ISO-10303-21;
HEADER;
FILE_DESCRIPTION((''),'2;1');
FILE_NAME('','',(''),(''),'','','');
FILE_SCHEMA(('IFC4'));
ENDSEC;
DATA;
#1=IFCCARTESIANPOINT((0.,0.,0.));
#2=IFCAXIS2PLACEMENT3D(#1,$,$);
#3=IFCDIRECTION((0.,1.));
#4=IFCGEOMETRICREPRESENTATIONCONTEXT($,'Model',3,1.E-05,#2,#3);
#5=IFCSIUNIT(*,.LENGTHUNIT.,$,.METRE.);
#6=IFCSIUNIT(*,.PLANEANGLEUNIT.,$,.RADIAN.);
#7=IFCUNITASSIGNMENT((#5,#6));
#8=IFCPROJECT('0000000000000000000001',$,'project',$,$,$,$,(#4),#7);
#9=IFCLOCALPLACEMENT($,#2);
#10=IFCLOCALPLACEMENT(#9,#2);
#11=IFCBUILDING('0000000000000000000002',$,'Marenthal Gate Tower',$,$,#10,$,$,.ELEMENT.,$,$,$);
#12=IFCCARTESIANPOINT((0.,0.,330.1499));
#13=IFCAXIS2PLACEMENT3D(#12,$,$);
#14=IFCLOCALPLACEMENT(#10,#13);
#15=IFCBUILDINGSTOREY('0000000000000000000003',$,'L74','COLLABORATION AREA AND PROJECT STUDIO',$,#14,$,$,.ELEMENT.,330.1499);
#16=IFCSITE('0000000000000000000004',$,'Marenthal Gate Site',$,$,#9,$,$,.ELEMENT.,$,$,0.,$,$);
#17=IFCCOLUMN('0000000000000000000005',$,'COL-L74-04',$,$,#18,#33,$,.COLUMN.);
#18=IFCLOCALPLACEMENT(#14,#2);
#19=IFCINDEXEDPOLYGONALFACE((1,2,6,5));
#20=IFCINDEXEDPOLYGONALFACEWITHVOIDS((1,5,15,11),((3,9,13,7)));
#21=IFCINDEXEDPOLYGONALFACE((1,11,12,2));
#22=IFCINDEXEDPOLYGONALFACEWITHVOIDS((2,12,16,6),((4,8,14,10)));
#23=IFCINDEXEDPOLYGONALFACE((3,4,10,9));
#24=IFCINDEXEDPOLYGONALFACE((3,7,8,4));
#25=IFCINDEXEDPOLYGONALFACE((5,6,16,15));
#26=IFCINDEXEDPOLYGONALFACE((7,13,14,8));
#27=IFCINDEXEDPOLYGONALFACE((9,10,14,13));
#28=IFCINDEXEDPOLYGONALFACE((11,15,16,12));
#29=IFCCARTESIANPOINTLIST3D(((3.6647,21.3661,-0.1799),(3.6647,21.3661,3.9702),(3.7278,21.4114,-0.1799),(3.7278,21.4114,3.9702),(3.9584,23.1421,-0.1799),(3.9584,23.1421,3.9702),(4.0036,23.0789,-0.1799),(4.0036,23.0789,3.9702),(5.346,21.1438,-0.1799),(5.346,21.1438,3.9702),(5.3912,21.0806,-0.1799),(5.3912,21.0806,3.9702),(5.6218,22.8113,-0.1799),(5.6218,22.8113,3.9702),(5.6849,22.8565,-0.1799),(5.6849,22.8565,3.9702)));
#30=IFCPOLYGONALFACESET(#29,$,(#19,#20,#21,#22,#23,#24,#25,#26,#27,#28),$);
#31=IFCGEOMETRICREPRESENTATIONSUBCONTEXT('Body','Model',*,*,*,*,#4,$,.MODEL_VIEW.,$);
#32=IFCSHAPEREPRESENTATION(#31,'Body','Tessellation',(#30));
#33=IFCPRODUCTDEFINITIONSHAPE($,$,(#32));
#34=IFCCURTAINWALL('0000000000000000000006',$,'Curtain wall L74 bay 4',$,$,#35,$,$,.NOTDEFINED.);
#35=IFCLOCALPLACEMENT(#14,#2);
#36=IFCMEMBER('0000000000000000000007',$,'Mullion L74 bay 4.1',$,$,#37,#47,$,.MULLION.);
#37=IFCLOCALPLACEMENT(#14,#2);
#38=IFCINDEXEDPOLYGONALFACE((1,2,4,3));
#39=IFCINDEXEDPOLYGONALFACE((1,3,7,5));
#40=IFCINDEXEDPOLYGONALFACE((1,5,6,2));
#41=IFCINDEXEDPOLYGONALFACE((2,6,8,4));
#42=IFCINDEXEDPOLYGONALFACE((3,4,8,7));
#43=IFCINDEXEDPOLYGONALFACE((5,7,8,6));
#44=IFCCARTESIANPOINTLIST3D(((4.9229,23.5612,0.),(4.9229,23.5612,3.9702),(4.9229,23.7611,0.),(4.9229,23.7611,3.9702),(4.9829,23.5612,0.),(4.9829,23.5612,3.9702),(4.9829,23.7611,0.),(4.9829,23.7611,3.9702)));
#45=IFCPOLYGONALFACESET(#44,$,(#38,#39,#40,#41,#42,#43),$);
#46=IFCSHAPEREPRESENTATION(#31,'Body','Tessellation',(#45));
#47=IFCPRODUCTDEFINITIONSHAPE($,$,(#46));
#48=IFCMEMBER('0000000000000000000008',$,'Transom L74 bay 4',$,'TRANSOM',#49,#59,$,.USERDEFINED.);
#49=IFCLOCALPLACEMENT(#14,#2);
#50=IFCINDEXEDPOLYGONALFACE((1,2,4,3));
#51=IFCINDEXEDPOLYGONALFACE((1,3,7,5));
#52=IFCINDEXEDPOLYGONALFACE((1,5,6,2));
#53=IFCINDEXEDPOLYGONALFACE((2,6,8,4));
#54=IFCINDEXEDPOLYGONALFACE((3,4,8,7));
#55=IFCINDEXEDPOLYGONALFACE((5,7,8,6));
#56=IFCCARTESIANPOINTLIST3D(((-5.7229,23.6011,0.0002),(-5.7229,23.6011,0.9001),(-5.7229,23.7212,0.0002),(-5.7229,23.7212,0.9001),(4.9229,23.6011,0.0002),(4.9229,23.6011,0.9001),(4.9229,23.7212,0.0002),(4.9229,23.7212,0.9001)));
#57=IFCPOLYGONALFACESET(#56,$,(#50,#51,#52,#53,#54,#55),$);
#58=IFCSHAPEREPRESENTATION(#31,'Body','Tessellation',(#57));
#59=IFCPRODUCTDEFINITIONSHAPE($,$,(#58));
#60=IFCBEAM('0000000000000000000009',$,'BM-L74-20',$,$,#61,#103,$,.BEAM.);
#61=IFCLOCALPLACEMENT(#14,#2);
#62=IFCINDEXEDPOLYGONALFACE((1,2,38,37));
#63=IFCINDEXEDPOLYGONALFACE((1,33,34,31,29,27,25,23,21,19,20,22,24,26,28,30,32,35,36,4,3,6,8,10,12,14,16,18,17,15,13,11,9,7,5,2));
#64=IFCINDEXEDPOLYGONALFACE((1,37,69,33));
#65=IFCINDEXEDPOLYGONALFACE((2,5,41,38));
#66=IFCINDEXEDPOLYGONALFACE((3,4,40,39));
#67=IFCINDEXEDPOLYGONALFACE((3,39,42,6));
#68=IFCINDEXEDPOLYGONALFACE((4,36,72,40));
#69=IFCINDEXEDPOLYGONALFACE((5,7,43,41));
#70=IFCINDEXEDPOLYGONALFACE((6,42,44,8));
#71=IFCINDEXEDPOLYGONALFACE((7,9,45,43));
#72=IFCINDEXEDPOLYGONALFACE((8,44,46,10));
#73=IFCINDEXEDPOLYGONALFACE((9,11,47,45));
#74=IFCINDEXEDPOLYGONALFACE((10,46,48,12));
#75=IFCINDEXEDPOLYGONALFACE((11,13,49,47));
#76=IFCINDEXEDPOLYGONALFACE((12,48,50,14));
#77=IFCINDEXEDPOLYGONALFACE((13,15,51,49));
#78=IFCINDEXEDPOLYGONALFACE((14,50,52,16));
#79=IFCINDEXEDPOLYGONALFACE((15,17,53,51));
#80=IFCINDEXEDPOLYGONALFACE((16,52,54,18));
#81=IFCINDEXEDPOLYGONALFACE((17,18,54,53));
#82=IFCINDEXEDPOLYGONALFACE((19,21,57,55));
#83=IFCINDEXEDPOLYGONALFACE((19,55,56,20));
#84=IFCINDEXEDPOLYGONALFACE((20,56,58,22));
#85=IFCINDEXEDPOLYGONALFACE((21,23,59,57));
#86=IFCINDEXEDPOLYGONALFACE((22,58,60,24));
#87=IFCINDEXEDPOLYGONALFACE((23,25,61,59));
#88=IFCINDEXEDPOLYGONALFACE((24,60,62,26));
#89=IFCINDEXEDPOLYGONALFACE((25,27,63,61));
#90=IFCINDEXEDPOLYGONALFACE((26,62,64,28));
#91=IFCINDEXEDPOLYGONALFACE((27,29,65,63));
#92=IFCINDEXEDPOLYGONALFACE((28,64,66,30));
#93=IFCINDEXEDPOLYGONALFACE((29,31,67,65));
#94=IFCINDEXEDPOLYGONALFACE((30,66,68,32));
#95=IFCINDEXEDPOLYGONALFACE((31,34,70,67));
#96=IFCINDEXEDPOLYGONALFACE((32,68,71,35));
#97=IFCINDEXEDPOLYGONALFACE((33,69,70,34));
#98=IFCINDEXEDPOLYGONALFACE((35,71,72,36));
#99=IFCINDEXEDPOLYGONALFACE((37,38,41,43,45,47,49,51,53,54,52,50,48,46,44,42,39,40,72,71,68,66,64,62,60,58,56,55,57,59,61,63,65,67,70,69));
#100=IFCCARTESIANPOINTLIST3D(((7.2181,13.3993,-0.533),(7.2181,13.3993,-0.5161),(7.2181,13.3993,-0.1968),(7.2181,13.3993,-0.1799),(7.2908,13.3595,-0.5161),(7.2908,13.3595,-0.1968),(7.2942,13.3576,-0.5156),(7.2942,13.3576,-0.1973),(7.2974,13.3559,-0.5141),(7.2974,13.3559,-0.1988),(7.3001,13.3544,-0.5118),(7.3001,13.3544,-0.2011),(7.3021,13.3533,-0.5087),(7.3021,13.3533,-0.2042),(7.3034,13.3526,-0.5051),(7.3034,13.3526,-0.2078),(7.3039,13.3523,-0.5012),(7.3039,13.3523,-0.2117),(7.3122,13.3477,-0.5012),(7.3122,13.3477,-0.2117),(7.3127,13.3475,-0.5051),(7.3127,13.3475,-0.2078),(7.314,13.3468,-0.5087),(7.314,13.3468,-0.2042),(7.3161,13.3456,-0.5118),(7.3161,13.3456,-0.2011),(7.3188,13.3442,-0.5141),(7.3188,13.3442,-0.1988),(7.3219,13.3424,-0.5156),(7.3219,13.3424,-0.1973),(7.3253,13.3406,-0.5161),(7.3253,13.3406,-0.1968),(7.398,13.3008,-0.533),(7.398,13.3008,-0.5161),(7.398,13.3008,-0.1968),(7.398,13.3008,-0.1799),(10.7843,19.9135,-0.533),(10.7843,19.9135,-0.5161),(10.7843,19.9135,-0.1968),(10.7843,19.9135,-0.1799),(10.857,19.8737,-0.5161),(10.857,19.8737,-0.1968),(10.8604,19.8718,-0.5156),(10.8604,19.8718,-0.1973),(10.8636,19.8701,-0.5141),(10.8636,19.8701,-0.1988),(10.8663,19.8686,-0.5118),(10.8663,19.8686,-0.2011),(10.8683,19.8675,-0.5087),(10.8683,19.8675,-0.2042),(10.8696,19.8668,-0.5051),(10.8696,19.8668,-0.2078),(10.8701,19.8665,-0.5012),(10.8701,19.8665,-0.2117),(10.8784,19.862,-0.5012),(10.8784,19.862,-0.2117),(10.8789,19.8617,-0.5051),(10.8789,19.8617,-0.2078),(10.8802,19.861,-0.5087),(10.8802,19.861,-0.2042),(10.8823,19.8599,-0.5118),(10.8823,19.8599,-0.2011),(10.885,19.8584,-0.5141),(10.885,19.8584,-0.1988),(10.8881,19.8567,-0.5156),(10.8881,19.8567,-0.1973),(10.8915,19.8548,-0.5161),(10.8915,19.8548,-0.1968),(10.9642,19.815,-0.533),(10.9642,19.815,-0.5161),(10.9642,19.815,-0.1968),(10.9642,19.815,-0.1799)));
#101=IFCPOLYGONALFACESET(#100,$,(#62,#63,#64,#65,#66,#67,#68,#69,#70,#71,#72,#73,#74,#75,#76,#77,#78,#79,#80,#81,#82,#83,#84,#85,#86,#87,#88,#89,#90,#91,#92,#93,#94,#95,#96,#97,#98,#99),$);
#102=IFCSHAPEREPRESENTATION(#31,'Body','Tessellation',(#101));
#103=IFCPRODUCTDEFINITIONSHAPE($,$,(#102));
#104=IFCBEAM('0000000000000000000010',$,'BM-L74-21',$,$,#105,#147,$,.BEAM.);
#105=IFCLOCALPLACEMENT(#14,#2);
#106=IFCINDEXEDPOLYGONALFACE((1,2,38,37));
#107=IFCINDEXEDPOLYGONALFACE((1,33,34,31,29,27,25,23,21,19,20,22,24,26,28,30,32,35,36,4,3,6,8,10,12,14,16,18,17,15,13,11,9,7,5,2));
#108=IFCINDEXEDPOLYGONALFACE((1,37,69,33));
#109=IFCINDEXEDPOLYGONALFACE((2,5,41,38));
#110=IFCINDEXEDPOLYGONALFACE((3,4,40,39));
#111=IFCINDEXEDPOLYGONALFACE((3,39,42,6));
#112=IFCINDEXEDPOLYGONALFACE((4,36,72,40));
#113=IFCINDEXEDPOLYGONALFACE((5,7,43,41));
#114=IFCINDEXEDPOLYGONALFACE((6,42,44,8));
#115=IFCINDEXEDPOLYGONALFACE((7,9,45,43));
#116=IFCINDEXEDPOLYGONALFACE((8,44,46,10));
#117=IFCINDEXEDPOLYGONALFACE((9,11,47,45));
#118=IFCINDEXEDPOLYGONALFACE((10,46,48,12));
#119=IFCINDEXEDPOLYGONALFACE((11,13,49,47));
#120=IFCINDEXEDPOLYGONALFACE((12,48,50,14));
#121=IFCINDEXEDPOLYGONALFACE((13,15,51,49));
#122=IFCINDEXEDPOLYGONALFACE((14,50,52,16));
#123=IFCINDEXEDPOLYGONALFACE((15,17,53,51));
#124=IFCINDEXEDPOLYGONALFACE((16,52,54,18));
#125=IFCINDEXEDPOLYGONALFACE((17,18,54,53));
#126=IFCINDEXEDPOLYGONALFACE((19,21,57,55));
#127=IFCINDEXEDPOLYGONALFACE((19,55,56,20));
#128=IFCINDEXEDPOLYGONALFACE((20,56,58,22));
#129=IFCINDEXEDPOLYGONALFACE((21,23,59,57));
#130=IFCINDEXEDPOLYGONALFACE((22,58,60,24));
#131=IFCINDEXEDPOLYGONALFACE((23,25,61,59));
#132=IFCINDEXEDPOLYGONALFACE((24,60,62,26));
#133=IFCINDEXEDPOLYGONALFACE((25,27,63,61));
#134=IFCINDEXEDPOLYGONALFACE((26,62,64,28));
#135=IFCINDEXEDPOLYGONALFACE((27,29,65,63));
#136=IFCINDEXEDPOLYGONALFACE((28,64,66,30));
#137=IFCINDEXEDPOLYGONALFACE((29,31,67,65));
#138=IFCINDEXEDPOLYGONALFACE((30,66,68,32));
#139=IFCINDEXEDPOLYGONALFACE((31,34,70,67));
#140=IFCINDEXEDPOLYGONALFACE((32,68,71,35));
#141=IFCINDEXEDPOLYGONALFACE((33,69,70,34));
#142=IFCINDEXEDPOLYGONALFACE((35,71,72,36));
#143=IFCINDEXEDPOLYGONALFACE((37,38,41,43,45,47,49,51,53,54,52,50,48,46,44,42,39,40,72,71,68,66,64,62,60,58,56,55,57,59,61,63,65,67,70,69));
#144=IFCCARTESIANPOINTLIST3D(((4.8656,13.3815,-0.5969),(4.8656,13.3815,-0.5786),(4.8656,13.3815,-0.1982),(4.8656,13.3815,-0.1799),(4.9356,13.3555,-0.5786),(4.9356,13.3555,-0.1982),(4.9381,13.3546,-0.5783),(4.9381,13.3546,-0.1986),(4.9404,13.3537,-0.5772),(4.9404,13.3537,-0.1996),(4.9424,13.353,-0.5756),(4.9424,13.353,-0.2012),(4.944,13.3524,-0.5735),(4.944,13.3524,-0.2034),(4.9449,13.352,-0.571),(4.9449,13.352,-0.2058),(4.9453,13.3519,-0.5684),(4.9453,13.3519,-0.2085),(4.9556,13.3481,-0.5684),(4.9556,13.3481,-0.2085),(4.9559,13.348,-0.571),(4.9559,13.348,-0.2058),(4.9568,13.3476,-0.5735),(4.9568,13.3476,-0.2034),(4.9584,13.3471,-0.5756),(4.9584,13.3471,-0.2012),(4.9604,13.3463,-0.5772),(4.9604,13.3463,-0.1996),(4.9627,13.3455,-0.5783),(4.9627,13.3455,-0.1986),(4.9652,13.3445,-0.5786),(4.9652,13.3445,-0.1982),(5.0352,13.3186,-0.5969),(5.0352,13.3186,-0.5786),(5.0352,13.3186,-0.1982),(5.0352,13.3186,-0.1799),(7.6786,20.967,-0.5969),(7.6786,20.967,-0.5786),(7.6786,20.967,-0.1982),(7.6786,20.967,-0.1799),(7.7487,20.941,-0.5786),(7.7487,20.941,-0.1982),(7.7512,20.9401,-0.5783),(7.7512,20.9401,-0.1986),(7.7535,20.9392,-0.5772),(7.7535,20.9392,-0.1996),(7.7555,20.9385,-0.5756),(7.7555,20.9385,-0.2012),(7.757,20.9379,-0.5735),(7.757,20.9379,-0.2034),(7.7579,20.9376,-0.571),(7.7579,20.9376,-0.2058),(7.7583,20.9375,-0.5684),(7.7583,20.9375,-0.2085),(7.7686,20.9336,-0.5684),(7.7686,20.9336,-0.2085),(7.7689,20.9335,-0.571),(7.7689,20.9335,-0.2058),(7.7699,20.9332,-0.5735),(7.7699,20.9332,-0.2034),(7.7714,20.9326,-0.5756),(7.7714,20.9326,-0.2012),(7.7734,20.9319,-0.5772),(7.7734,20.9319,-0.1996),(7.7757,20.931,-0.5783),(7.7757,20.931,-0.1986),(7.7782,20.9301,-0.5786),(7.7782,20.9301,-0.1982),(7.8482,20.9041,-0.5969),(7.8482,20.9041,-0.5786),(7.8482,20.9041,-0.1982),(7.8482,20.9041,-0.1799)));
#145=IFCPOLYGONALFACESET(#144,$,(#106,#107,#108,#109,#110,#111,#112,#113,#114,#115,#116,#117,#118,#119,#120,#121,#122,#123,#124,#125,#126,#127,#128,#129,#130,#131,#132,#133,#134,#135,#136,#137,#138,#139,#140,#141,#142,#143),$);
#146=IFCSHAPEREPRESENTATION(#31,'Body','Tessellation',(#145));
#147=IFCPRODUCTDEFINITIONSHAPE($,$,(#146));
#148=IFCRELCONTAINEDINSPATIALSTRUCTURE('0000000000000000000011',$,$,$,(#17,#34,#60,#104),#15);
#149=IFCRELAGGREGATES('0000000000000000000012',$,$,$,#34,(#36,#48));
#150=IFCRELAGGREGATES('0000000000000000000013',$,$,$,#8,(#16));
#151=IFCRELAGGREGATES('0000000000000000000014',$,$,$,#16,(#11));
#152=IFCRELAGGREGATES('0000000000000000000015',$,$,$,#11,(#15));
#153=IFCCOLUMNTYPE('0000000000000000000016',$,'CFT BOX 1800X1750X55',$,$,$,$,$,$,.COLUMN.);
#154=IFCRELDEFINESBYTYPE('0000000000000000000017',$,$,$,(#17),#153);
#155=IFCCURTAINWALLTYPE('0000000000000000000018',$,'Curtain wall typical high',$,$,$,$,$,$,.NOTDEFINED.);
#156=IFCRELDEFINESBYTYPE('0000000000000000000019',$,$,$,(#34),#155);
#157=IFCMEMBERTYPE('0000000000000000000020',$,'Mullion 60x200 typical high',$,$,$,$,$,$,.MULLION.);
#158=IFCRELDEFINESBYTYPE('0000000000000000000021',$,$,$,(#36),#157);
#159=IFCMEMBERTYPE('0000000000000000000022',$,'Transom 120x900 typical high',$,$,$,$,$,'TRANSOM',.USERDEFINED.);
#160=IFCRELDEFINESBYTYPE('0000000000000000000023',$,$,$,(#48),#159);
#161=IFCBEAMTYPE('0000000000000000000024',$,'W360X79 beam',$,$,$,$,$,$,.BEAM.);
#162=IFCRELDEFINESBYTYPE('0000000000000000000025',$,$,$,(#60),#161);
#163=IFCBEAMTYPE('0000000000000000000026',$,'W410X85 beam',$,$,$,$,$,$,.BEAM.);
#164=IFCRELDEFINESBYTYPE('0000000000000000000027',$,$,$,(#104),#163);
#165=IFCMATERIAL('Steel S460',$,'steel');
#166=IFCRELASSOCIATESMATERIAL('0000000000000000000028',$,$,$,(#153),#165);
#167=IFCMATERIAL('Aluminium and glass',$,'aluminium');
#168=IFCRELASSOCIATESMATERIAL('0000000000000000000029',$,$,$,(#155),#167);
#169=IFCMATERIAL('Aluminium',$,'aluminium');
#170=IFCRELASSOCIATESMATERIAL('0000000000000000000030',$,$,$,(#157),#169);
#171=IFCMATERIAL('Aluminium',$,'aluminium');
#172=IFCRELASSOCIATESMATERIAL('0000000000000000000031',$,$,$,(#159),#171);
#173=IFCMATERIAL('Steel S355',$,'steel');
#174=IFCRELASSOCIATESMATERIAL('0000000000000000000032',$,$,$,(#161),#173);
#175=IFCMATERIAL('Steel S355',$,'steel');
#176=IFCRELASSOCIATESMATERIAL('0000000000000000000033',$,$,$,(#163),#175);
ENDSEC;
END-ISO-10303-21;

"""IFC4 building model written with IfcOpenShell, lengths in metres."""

from ifc_helpers import new_model, si_unit, direction, frame, origin, origin_2d, place, context, subcontext, project, spatial, rectangle, hollow_rectangle, i_section, extrude, material, material_profile, profile_set, type_object, element, aggregate, save


model = new_model("IFC4")

# Units and contexts
model_context = context("Model", 3, precision=1e-05, world=origin(), true_north=direction((0.0, 1.0)))
body_context = subcontext(model_context, "Body", "Model", "MODEL_VIEW")
ifc_project = project(units=[si_unit("LENGTHUNIT", "METRE"), si_unit("PLANEANGLEUNIT", "RADIAN")], contexts=[model_context])

# Site, building, storey
site_placement = place(None, origin())
site = spatial("IfcSite", under=ifc_project, at=site_placement, Name="Marenthal Gate Site", CompositionType="ELEMENT", RefElevation=0.0)
building_placement = place(site_placement, origin())
building = spatial("IfcBuilding", under=site, at=building_placement, Name="Marenthal Gate Tower", CompositionType="ELEMENT")
storey_placement = place(building_placement, frame((0.0, 0.0, 330.1499)))
storey = spatial("IfcBuildingStorey", under=building, at=storey_placement, Name="L74", Description="COLLABORATION AREA AND PROJECT STUDIO", CompositionType="ELEMENT", Elevation=330.1499)

# Column
ifc_material_1 = material(Name="Steel S460", Category="steel")
ifc_material_profile_1 = material_profile(ifc_material_1, hollow_rectangle(XDim=1.75, YDim=1.8, WallThickness=0.0549, at=origin_2d()), Name="CFT BOX 1800X1750X55")
ifc_material_2 = material(Name="Concrete 70 MPa", Category="concrete")
ifc_material_profile_2 = material_profile(ifc_material_2, rectangle(XDim=1.6399, YDim=1.6899, at=origin_2d()), Name="CFT BOX 1800X1750X55 INFILL")
ifc_profile_set_1 = profile_set([ifc_material_profile_1, ifc_material_profile_2], Name="Steel S460 shell, Concrete 70 MPa infill")
column_type = type_object("IfcColumnType", Name="CFT BOX 1800X1750X55", PredefinedType="COLUMN", material=ifc_profile_set_1)
column_placement = place(storey_placement, frame((4.6748, 22.1113, -0.1799), z_axis=(0.0, 0.0, 1.0), x_axis=(0.986599, -0.163164, 0.0)))
element("IfcColumn", 1, at=column_placement, inside=storey, type_object=column_type, Name="COL-L74-04", PredefinedType="COLUMN", context=body_context, shape_type="SweptSolid", body=[
    extrude(hollow_rectangle(XDim=1.75, YDim=1.8, WallThickness=0.0549, at=origin_2d()), origin(), (0.0, 0.0, 1.0), 4.1501),
])

# Curtain wall, members
ifc_material_3 = material(Name="Aluminium and glass", Category="aluminium")
curtain_wall_type = type_object("IfcCurtainWallType", Name="Curtain wall typical high", PredefinedType="NOTDEFINED", material=ifc_material_3)
curtain_wall_placement = place(storey_placement, origin())
curtain_wall = element("IfcCurtainWall", 2, at=curtain_wall_placement, inside=storey, type_object=curtain_wall_type, Name="Curtain wall L74 bay 4", PredefinedType="NOTDEFINED")
ifc_material_4 = material(Name="Aluminium", Category="aluminium")
ifc_material_profile_3 = material_profile(ifc_material_4, rectangle(XDim=0.2, YDim=0.0601, at=origin_2d()), Name="60x200 aluminium mullion")
ifc_profile_set_2 = profile_set([ifc_material_profile_3], Name="Aluminium")
member_type_1 = type_object("IfcMemberType", Name="Mullion 60x200 typical high", PredefinedType="MULLION", material=ifc_profile_set_2)
member_1_placement = place(storey_placement, frame((4.9529, 23.6611, 0.0), z_axis=(0.0, 0.0, 1.0), x_axis=(0.0, -1.0, 0.0)))
member_1 = element("IfcMember", 3, at=member_1_placement, type_object=member_type_1, Name="Mullion L74 bay 4.1", PredefinedType="MULLION", context=body_context, shape_type="SweptSolid", body=[
    extrude(rectangle(XDim=0.2, YDim=0.0601, at=origin_2d()), origin(), (0.0, 0.0, 1.0), 3.9702),
])
ifc_material_5 = material(Name="Aluminium", Category="aluminium")
ifc_material_profile_4 = material_profile(ifc_material_5, rectangle(XDim=0.1201, YDim=0.8999, at=origin_2d()), Name="120x900 aluminium transom")
ifc_profile_set_3 = profile_set([ifc_material_profile_4], Name="Aluminium")
member_type_2 = type_object("IfcMemberType", Name="Transom 120x900 typical high", ElementType="TRANSOM", PredefinedType="USERDEFINED", material=ifc_profile_set_3)
member_2_placement = place(storey_placement, frame((4.9229, 23.6611, 0.4502), z_axis=(-1.0, 0.0, 0.0), x_axis=(0.0, -1.0, 0.0)))
member_2 = element("IfcMember", 4, at=member_2_placement, type_object=member_type_2, Name="Transom L74 bay 4", ObjectType="TRANSOM", PredefinedType="USERDEFINED", context=body_context, shape_type="SweptSolid", body=[
    extrude(rectangle(XDim=0.1201, YDim=0.8999, at=origin_2d()), origin(), (0.0, 0.0, 1.0), 10.6458),
])

# Beams
ifc_material_6 = material(Name="Steel S355", Category="steel")
ifc_material_profile_5 = material_profile(ifc_material_6, i_section(OverallWidth=0.2051, OverallDepth=0.353, WebThickness=0.0095, FlangeThickness=0.0168, FilletRadius=0.0149, at=origin_2d()), Name="W360X79")
ifc_profile_set_4 = profile_set([ifc_material_profile_5], Name="Steel S355")
beam_type_1 = type_object("IfcBeamType", Name="W360X79 beam", PredefinedType="BEAM", material=ifc_profile_set_4)
beam_1_placement = place(storey_placement, frame((10.8743, 19.8643, -0.3564), z_axis=(-0.480199, -0.87716, 0.0), x_axis=(0.87716, -0.480199, 0.0)))
element("IfcBeam", 5, at=beam_1_placement, inside=storey, type_object=beam_type_1, Name="BM-L74-20", PredefinedType="BEAM", context=body_context, shape_type="SweptSolid", body=[
    extrude(i_section(OverallWidth=0.2051, OverallDepth=0.353, WebThickness=0.0095, FlangeThickness=0.0168, FilletRadius=0.0149, at=origin_2d()), origin(), (0.0, 0.0, 1.0), 7.4265),
])
ifc_material_7 = material(Name="Steel S355", Category="steel")
ifc_material_profile_6 = material_profile(ifc_material_7, i_section(OverallWidth=0.1809, OverallDepth=0.417, WebThickness=0.011, FlangeThickness=0.0183, FilletRadius=0.0103, at=origin_2d()), Name="W410X85")
ifc_profile_set_5 = profile_set([ifc_material_profile_6], Name="Steel S355")
beam_type_2 = type_object("IfcBeamType", Name="W410X85 beam", PredefinedType="BEAM", material=ifc_profile_set_5)
beam_2_placement = place(storey_placement, frame((7.7634, 20.9355, -0.3884), z_axis=(-0.347702, -0.937605, 0.0), x_axis=(0.937605, -0.347702, 0.0)))
element("IfcBeam", 6, at=beam_2_placement, inside=storey, type_object=beam_type_2, Name="BM-L74-21", PredefinedType="BEAM", context=body_context, shape_type="SweptSolid", body=[
    extrude(i_section(OverallWidth=0.1809, OverallDepth=0.417, WebThickness=0.011, FlangeThickness=0.0183, FilletRadius=0.0103, at=origin_2d()), origin(), (0.0, 0.0, 1.0), 8.0903),
])

aggregate(curtain_wall, [member_1, member_2])

save(model, "model.ifc")
